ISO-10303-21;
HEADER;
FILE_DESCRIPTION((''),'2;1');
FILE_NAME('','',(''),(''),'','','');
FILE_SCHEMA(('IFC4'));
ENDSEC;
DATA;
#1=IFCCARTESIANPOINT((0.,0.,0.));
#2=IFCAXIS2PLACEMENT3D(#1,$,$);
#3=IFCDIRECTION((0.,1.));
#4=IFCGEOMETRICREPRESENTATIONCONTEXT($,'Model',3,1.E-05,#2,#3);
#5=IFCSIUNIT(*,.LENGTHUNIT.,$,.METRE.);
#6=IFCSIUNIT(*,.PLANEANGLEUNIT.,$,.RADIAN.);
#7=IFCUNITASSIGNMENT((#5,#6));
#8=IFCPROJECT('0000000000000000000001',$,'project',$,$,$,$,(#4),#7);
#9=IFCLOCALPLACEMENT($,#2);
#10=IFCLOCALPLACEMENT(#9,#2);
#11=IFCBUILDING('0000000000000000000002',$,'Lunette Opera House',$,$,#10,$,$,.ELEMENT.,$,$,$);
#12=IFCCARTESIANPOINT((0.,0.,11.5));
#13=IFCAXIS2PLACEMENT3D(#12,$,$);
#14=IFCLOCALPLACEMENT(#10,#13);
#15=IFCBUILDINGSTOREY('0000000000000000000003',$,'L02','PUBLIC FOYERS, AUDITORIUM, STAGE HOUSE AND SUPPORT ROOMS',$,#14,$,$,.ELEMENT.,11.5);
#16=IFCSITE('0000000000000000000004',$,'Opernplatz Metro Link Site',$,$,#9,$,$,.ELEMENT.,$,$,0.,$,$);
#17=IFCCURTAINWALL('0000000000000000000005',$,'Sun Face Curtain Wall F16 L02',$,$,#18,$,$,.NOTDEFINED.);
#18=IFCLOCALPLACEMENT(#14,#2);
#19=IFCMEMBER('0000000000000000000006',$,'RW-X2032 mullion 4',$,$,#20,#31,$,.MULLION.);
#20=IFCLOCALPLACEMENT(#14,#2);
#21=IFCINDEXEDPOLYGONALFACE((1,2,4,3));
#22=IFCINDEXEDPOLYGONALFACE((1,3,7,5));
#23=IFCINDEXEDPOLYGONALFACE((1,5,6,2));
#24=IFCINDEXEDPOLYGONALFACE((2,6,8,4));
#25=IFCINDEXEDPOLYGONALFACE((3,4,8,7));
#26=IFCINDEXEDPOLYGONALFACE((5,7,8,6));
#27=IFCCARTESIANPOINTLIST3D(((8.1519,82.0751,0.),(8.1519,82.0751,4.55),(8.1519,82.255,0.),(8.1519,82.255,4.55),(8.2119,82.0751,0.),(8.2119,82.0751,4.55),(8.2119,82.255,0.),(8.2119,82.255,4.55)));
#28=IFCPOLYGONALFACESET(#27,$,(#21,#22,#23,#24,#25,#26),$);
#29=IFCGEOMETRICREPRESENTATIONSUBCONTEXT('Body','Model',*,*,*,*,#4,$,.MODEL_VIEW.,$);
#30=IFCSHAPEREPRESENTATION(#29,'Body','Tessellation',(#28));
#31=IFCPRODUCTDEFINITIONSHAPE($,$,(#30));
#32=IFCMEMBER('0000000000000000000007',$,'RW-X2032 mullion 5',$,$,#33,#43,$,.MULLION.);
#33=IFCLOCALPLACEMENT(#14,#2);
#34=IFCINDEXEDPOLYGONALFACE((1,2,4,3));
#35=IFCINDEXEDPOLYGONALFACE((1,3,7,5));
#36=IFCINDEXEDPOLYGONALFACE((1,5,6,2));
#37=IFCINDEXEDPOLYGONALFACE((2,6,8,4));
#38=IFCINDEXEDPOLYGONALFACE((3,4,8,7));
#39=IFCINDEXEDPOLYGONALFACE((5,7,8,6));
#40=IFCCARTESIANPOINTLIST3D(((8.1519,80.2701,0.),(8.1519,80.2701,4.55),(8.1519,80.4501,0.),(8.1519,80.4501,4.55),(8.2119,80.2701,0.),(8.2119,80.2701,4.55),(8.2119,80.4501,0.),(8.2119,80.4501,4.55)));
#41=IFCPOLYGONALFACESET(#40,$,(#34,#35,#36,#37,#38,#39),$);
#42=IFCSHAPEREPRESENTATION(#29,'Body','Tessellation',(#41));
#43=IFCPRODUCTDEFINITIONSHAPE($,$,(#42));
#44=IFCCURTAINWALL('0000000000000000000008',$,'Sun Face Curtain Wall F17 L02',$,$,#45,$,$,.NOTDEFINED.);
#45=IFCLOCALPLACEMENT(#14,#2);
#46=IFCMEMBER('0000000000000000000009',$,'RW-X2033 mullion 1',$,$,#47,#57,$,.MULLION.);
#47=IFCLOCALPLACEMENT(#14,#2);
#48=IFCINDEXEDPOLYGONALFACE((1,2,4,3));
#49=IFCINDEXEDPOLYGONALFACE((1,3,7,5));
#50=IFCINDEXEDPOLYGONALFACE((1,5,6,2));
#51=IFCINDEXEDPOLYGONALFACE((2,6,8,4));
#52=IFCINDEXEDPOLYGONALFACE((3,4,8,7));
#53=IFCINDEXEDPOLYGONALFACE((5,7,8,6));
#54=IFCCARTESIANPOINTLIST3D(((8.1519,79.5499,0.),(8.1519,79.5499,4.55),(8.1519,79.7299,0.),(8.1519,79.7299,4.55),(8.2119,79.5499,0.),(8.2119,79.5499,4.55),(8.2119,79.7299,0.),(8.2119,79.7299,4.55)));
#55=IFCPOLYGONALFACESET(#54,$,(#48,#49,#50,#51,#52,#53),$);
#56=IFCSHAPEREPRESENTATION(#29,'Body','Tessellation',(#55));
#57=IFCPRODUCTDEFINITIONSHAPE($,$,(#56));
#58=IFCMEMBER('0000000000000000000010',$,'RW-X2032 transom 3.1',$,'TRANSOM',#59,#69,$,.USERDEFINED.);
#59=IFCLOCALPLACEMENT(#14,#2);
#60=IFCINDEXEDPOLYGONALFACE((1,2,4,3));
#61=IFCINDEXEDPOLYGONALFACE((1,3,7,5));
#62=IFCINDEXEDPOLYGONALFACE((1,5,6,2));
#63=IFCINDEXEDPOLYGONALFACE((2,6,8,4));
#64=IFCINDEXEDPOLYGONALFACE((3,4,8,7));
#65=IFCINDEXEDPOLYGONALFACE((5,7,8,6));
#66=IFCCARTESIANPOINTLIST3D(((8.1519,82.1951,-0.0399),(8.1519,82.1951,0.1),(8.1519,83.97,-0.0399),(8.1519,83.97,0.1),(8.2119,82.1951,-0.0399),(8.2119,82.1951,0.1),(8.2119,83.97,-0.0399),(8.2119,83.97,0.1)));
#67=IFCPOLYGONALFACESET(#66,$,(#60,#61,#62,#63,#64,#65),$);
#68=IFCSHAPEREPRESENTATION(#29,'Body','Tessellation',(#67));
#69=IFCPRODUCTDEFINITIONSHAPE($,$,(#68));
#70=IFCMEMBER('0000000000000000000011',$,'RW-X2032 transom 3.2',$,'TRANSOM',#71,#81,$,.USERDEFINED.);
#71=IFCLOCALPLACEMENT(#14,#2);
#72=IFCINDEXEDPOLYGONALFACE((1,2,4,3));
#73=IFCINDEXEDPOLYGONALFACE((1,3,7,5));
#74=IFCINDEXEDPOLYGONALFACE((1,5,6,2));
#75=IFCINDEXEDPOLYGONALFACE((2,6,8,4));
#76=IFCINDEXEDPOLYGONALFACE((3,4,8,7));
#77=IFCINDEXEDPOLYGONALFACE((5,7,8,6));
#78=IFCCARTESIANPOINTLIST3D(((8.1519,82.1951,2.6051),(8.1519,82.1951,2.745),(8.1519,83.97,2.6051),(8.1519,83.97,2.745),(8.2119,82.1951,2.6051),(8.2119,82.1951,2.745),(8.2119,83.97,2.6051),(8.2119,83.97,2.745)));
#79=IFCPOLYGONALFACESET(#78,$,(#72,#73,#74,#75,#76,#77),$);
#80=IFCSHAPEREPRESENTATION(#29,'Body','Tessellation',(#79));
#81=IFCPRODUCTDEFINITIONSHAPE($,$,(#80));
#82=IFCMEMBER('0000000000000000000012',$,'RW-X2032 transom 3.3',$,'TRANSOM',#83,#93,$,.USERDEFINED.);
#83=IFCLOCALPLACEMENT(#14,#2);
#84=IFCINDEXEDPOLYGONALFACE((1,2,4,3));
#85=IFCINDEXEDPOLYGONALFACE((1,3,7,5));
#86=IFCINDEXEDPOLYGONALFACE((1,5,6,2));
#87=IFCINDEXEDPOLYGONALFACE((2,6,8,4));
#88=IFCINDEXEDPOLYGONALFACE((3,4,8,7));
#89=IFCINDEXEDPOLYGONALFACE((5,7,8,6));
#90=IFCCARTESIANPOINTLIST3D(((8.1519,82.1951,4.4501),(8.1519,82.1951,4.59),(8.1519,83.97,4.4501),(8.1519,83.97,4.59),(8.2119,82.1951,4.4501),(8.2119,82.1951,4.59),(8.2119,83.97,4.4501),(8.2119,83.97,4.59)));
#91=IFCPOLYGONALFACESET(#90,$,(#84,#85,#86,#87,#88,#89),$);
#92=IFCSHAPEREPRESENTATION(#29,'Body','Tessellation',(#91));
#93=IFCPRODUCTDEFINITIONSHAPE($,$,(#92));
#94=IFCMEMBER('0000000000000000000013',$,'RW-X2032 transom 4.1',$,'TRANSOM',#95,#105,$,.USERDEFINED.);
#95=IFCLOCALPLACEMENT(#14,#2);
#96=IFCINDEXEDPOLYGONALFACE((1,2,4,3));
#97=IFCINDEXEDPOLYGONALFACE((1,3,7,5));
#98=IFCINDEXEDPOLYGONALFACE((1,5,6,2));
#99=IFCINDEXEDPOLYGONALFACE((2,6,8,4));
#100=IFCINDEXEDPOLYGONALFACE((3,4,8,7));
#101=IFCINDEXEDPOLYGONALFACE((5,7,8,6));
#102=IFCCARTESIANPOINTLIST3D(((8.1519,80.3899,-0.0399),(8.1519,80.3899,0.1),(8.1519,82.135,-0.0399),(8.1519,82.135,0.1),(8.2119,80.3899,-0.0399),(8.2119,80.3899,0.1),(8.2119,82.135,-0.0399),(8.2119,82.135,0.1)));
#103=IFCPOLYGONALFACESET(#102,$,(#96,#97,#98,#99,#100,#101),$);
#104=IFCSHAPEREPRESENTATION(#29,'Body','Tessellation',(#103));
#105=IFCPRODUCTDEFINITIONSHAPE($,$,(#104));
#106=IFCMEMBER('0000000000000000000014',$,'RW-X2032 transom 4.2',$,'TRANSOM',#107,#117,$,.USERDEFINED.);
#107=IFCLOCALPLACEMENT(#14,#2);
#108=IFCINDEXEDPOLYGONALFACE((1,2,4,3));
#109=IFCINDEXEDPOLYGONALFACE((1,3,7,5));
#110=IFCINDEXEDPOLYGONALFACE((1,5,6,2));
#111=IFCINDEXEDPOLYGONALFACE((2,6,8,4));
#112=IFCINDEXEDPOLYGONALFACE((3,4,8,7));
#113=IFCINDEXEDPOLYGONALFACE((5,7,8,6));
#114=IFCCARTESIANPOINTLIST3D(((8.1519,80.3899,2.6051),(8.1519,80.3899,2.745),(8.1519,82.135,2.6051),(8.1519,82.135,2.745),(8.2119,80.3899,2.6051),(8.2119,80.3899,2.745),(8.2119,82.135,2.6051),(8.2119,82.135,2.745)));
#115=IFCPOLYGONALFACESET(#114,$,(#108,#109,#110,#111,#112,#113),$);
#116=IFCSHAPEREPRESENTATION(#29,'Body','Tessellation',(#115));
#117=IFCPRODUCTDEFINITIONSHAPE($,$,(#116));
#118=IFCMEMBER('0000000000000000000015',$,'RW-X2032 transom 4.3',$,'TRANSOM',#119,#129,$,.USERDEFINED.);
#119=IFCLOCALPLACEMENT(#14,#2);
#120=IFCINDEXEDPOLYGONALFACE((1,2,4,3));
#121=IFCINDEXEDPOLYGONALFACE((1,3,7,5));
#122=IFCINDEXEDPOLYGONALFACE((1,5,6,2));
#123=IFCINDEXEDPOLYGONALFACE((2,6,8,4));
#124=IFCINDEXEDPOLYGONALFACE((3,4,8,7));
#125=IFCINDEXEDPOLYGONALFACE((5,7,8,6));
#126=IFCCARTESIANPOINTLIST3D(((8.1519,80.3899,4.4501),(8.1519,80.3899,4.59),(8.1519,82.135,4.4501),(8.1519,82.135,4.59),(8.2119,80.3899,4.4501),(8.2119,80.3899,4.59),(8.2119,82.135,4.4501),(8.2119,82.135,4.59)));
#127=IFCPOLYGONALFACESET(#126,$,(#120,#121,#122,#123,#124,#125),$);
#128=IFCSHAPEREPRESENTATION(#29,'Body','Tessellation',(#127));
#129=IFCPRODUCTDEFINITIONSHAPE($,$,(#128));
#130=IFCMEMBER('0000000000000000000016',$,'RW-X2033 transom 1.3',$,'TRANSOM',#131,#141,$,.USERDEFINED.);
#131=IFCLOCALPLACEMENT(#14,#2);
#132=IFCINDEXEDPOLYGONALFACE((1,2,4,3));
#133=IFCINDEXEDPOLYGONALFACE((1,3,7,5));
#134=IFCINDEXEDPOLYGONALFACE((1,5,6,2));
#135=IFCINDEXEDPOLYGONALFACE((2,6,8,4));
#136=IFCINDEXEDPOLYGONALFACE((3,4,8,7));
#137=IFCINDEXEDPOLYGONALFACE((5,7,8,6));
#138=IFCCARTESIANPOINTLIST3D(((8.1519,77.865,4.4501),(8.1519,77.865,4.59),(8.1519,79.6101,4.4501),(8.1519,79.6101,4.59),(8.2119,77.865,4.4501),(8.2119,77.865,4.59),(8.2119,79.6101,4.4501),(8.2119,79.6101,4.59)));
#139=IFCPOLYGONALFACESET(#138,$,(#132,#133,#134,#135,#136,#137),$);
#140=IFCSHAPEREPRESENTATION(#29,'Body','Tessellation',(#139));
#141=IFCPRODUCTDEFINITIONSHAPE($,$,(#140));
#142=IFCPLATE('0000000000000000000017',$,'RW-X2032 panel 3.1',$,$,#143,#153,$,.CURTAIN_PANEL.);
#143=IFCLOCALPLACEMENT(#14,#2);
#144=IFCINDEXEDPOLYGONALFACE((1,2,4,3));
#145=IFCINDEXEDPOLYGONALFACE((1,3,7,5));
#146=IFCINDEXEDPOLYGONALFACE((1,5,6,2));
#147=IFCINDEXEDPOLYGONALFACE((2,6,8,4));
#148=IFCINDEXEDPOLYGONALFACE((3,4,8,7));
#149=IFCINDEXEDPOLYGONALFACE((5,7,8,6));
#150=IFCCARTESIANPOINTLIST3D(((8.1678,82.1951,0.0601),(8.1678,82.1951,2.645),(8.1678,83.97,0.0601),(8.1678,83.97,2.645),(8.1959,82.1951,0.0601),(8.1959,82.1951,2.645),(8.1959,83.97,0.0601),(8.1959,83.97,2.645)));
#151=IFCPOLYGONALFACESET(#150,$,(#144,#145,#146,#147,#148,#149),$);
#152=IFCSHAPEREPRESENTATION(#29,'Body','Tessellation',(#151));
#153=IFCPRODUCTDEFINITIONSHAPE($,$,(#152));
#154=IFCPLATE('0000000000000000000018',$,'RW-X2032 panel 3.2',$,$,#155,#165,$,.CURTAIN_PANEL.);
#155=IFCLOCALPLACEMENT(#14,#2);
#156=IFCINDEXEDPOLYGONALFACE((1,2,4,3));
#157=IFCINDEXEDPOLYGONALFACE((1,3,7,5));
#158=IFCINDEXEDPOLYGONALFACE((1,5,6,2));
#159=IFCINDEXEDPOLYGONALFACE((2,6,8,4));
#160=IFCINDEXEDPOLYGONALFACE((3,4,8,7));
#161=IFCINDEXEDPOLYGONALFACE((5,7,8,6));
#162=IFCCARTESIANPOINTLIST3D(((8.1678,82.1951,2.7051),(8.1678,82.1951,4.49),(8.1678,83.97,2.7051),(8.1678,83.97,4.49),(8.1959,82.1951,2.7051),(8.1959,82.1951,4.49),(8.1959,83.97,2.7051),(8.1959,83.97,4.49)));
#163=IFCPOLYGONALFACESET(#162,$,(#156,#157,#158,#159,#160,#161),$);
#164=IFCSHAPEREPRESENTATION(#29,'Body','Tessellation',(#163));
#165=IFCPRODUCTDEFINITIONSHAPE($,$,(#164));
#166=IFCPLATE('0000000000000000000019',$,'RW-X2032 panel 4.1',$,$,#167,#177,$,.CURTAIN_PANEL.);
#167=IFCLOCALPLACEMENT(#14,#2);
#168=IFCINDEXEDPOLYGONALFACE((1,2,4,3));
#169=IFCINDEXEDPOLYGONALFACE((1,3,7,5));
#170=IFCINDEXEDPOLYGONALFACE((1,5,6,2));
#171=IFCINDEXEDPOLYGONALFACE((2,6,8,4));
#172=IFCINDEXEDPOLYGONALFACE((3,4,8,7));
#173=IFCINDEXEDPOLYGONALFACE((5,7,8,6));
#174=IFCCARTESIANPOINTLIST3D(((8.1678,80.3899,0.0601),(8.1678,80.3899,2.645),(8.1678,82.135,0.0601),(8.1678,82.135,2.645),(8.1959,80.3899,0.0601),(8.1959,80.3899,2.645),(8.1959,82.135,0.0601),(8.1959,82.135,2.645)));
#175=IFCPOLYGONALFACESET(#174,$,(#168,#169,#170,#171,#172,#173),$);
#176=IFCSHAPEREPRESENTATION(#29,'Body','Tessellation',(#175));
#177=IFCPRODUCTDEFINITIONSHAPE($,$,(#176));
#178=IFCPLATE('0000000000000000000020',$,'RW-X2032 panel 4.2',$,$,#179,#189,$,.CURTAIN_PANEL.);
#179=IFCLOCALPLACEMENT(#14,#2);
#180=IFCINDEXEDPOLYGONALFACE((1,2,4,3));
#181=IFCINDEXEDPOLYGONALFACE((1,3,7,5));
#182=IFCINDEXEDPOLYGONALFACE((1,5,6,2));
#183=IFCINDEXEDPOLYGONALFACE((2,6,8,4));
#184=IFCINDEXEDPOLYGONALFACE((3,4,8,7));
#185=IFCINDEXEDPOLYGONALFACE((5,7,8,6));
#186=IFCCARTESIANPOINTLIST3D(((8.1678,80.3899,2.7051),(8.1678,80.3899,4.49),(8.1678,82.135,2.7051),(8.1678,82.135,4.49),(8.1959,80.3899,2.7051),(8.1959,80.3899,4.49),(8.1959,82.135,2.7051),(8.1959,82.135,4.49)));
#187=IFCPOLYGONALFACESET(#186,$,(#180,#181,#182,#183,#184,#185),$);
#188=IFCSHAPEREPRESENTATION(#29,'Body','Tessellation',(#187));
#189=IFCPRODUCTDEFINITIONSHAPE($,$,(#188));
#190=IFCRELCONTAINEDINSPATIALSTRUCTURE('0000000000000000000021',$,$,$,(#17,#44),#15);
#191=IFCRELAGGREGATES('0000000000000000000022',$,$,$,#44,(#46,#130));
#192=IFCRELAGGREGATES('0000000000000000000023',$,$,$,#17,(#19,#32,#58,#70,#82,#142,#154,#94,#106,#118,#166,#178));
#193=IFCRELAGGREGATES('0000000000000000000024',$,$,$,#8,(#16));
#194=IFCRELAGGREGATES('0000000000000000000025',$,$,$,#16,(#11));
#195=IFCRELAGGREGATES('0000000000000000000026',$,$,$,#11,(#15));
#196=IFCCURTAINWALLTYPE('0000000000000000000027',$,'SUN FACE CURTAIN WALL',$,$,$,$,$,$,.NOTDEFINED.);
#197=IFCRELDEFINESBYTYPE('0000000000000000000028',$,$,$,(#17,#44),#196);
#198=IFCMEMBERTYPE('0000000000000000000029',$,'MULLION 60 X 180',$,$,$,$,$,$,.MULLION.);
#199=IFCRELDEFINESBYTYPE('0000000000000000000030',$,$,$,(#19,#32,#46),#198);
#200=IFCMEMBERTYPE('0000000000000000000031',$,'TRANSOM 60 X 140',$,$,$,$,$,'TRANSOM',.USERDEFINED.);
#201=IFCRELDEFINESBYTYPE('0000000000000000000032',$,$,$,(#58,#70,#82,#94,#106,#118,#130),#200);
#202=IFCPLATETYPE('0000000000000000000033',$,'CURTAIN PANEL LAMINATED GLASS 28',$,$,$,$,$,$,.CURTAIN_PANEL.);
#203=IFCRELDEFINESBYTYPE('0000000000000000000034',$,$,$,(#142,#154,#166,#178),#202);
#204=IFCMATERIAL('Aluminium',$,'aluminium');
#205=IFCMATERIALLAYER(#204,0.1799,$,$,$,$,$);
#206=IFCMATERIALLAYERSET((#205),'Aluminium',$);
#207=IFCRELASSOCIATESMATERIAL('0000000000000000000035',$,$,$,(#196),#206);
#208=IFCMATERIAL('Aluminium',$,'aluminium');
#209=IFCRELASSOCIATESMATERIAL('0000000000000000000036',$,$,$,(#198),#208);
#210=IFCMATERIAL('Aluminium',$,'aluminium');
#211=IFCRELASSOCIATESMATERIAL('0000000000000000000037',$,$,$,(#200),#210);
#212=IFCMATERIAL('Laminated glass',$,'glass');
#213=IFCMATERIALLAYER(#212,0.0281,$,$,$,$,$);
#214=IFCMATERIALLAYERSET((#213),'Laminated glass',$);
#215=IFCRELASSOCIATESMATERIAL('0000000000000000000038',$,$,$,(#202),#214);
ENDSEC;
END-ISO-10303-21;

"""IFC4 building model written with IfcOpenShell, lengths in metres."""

from ifc_helpers import new_model, si_unit, direction, frame, origin, origin_2d, place, context, subcontext, project, spatial, rectangle, extrude, material, layer, layer_set, material_profile, profile_set, type_object, element, aggregate, save


model = new_model("IFC4")

# Units and contexts
model_context = context("Model", 3, precision=1e-05, world=origin(), true_north=direction((0.0, 1.0)))
body_context = subcontext(model_context, "Body", "Model", "MODEL_VIEW")
ifc_project = project(units=[si_unit("LENGTHUNIT", "METRE"), si_unit("PLANEANGLEUNIT", "RADIAN")], contexts=[model_context])

# Site, building, storey
site_placement = place(None, origin())
site = spatial("IfcSite", under=ifc_project, at=site_placement, Name="Opernplatz Metro Link Site", CompositionType="ELEMENT", RefElevation=0.0)
building_placement = place(site_placement, origin())
building = spatial("IfcBuilding", under=site, at=building_placement, Name="Lunette Opera House", CompositionType="ELEMENT")
storey_placement = place(building_placement, frame((0.0, 0.0, 11.5)))
storey = spatial("IfcBuildingStorey", under=building, at=storey_placement, Name="L02", Description="PUBLIC FOYERS, AUDITORIUM, STAGE HOUSE AND SUPPORT ROOMS", CompositionType="ELEMENT", Elevation=11.5)

# Curtain wall, members
ifc_material_1 = material(Name="Aluminium", Category="aluminium")
ifc_layer_1 = layer(ifc_material_1, 0.1799)
ifc_layer_set_1 = layer_set([ifc_layer_1], Name="Aluminium")
curtain_wall_type = type_object("IfcCurtainWallType", Name="SUN FACE CURTAIN WALL", PredefinedType="NOTDEFINED", material=ifc_layer_set_1)
curtain_wall_1_placement = place(storey_placement, origin())
curtain_wall_1 = element("IfcCurtainWall", 1, at=curtain_wall_1_placement, inside=storey, type_object=curtain_wall_type, Name="Sun Face Curtain Wall F16 L02", PredefinedType="NOTDEFINED")
ifc_material_2 = material(Name="Aluminium", Category="aluminium")
ifc_material_profile_1 = material_profile(ifc_material_2, rectangle(XDim=0.0601, YDim=0.1799, at=origin_2d()), Name="MULLION 60 X 180")
ifc_profile_set_1 = profile_set([ifc_material_profile_1], Name="Aluminium")
member_type_1 = type_object("IfcMemberType", Name="MULLION 60 X 180", PredefinedType="MULLION", material=ifc_profile_set_1)
member_1_placement = place(storey_placement, frame((8.1819, 82.165, 0.0), z_axis=(0.0, 0.0, 1.0), x_axis=(1.0, 0.0, 0.0)))
member_1 = element("IfcMember", 2, at=member_1_placement, type_object=member_type_1, Name="RW-X2032 mullion 4", PredefinedType="MULLION", context=body_context, shape_type="SweptSolid", body=[
    extrude(rectangle(XDim=0.0601, YDim=0.1799, at=origin_2d()), origin(), (0.0, 0.0, 1.0), 4.55),
])
member_2_placement = place(storey_placement, frame((8.1819, 80.3601, 0.0), z_axis=(0.0, 0.0, 1.0), x_axis=(1.0, 0.0, 0.0)))
member_2 = element("IfcMember", 3, at=member_2_placement, type_object=member_type_1, Name="RW-X2032 mullion 5", PredefinedType="MULLION", context=body_context, shape_type="SweptSolid", body=[
    extrude(rectangle(XDim=0.0601, YDim=0.1799, at=origin_2d()), origin(), (0.0, 0.0, 1.0), 4.55),
])

# Curtain wall, member
curtain_wall_2_placement = place(storey_placement, origin())
curtain_wall_2 = element("IfcCurtainWall", 4, at=curtain_wall_2_placement, inside=storey, type_object=curtain_wall_type, Name="Sun Face Curtain Wall F17 L02", PredefinedType="NOTDEFINED")
member_3_placement = place(storey_placement, frame((8.1819, 79.6399, 0.0), z_axis=(0.0, 0.0, 1.0), x_axis=(1.0, 0.0, 0.0)))
member_3 = element("IfcMember", 5, at=member_3_placement, type_object=member_type_1, Name="RW-X2033 mullion 1", PredefinedType="MULLION", context=body_context, shape_type="SweptSolid", body=[
    extrude(rectangle(XDim=0.0601, YDim=0.1799, at=origin_2d()), origin(), (0.0, 0.0, 1.0), 4.55),
])

# Members
ifc_material_3 = material(Name="Aluminium", Category="aluminium")
ifc_material_profile_2 = material_profile(ifc_material_3, rectangle(XDim=0.0601, YDim=0.1399, at=origin_2d()), Name="TRANSOM 60 X 140")
ifc_profile_set_2 = profile_set([ifc_material_profile_2], Name="Aluminium")
member_type_2 = type_object("IfcMemberType", Name="TRANSOM 60 X 140", ElementType="TRANSOM", PredefinedType="USERDEFINED", material=ifc_profile_set_2)
member_4_placement = place(storey_placement, frame((8.1819, 83.97, 0.03), z_axis=(0.0, -1.0, 0.0), x_axis=(1.0, 0.0, 0.0)))
member_4 = element("IfcMember", 6, at=member_4_placement, type_object=member_type_2, Name="RW-X2032 transom 3.1", ObjectType="TRANSOM", PredefinedType="USERDEFINED", context=body_context, shape_type="SweptSolid", body=[
    extrude(rectangle(XDim=0.0601, YDim=0.1399, at=origin_2d()), origin(), (0.0, 0.0, 1.0), 1.7749),
])
member_5_placement = place(storey_placement, frame((8.1819, 83.97, 2.675), z_axis=(0.0, -1.0, 0.0), x_axis=(1.0, 0.0, 0.0)))
member_5 = element("IfcMember", 7, at=member_5_placement, type_object=member_type_2, Name="RW-X2032 transom 3.2", ObjectType="TRANSOM", PredefinedType="USERDEFINED", context=body_context, shape_type="SweptSolid", body=[
    extrude(rectangle(XDim=0.0601, YDim=0.1399, at=origin_2d()), origin(), (0.0, 0.0, 1.0), 1.7749),
])
member_6_placement = place(storey_placement, frame((8.1819, 83.97, 4.52), z_axis=(0.0, -1.0, 0.0), x_axis=(1.0, 0.0, 0.0)))
member_6 = element("IfcMember", 8, at=member_6_placement, type_object=member_type_2, Name="RW-X2032 transom 3.3", ObjectType="TRANSOM", PredefinedType="USERDEFINED", context=body_context, shape_type="SweptSolid", body=[
    extrude(rectangle(XDim=0.0601, YDim=0.1399, at=origin_2d()), origin(), (0.0, 0.0, 1.0), 1.7749),
])
member_7_placement = place(storey_placement, frame((8.1819, 82.135, 0.03), z_axis=(0.0, -1.0, 0.0), x_axis=(1.0, 0.0, 0.0)))
member_7 = element("IfcMember", 9, at=member_7_placement, type_object=member_type_2, Name="RW-X2032 transom 4.1", ObjectType="TRANSOM", PredefinedType="USERDEFINED", context=body_context, shape_type="SweptSolid", body=[
    extrude(rectangle(XDim=0.0601, YDim=0.1399, at=origin_2d()), origin(), (0.0, 0.0, 1.0), 1.7451),
])
member_8_placement = place(storey_placement, frame((8.1819, 82.135, 2.675), z_axis=(0.0, -1.0, 0.0), x_axis=(1.0, 0.0, 0.0)))
member_8 = element("IfcMember", 10, at=member_8_placement, type_object=member_type_2, Name="RW-X2032 transom 4.2", ObjectType="TRANSOM", PredefinedType="USERDEFINED", context=body_context, shape_type="SweptSolid", body=[
    extrude(rectangle(XDim=0.0601, YDim=0.1399, at=origin_2d()), origin(), (0.0, 0.0, 1.0), 1.7451),
])
member_9_placement = place(storey_placement, frame((8.1819, 82.135, 4.52), z_axis=(0.0, -1.0, 0.0), x_axis=(1.0, 0.0, 0.0)))
member_9 = element("IfcMember", 11, at=member_9_placement, type_object=member_type_2, Name="RW-X2032 transom 4.3", ObjectType="TRANSOM", PredefinedType="USERDEFINED", context=body_context, shape_type="SweptSolid", body=[
    extrude(rectangle(XDim=0.0601, YDim=0.1399, at=origin_2d()), origin(), (0.0, 0.0, 1.0), 1.7451),
])
member_10_placement = place(storey_placement, frame((8.1819, 79.6101, 4.52), z_axis=(0.0, -1.0, 0.0), x_axis=(1.0, 0.0, 0.0)))
member_10 = element("IfcMember", 12, at=member_10_placement, type_object=member_type_2, Name="RW-X2033 transom 1.3", ObjectType="TRANSOM", PredefinedType="USERDEFINED", context=body_context, shape_type="SweptSolid", body=[
    extrude(rectangle(XDim=0.0601, YDim=0.1399, at=origin_2d()), origin(), (0.0, 0.0, 1.0), 1.7451),
])
aggregate(curtain_wall_2, [member_3, member_10])

# Plates
ifc_material_4 = material(Name="Laminated glass", Category="glass")
ifc_layer_2 = layer(ifc_material_4, 0.0281)
ifc_layer_set_2 = layer_set([ifc_layer_2], Name="Laminated glass")
plate_type = type_object("IfcPlateType", Name="CURTAIN PANEL LAMINATED GLASS 28", PredefinedType="CURTAIN_PANEL", material=ifc_layer_set_2)
plate_1_placement = place(storey_placement, frame((8.1819, 83.0825, 0.0601), z_axis=(0.0, 0.0, 1.0), x_axis=(0.0, -1.0, 0.0)))
plate_1 = element("IfcPlate", 13, at=plate_1_placement, type_object=plate_type, Name="RW-X2032 panel 3.1", PredefinedType="CURTAIN_PANEL", context=body_context, shape_type="SweptSolid", body=[
    extrude(rectangle(XDim=1.7749, YDim=0.0281, at=origin_2d()), origin(), (0.0, 0.0, 1.0), 2.585),
])
plate_2_placement = place(storey_placement, frame((8.1819, 83.0825, 2.7051), z_axis=(0.0, 0.0, 1.0), x_axis=(0.0, -1.0, 0.0)))
plate_2 = element("IfcPlate", 14, at=plate_2_placement, type_object=plate_type, Name="RW-X2032 panel 3.2", PredefinedType="CURTAIN_PANEL", context=body_context, shape_type="SweptSolid", body=[
    extrude(rectangle(XDim=1.7749, YDim=0.0281, at=origin_2d()), origin(), (0.0, 0.0, 1.0), 1.7849),
])
plate_3_placement = place(storey_placement, frame((8.1819, 81.2625, 0.0601), z_axis=(0.0, 0.0, 1.0), x_axis=(0.0, -1.0, 0.0)))
plate_3 = element("IfcPlate", 15, at=plate_3_placement, type_object=plate_type, Name="RW-X2032 panel 4.1", PredefinedType="CURTAIN_PANEL", context=body_context, shape_type="SweptSolid", body=[
    extrude(rectangle(XDim=1.7451, YDim=0.0281, at=origin_2d()), origin(), (0.0, 0.0, 1.0), 2.585),
])
plate_4_placement = place(storey_placement, frame((8.1819, 81.2625, 2.7051), z_axis=(0.0, 0.0, 1.0), x_axis=(0.0, -1.0, 0.0)))
plate_4 = element("IfcPlate", 16, at=plate_4_placement, type_object=plate_type, Name="RW-X2032 panel 4.2", PredefinedType="CURTAIN_PANEL", context=body_context, shape_type="SweptSolid", body=[
    extrude(rectangle(XDim=1.7451, YDim=0.0281, at=origin_2d()), origin(), (0.0, 0.0, 1.0), 1.7849),
])
aggregate(curtain_wall_1, [member_1, member_2, member_4, member_5, member_6, plate_1, plate_2, member_7, member_8, member_9, plate_3, plate_4])

save(model, "model.ifc")
